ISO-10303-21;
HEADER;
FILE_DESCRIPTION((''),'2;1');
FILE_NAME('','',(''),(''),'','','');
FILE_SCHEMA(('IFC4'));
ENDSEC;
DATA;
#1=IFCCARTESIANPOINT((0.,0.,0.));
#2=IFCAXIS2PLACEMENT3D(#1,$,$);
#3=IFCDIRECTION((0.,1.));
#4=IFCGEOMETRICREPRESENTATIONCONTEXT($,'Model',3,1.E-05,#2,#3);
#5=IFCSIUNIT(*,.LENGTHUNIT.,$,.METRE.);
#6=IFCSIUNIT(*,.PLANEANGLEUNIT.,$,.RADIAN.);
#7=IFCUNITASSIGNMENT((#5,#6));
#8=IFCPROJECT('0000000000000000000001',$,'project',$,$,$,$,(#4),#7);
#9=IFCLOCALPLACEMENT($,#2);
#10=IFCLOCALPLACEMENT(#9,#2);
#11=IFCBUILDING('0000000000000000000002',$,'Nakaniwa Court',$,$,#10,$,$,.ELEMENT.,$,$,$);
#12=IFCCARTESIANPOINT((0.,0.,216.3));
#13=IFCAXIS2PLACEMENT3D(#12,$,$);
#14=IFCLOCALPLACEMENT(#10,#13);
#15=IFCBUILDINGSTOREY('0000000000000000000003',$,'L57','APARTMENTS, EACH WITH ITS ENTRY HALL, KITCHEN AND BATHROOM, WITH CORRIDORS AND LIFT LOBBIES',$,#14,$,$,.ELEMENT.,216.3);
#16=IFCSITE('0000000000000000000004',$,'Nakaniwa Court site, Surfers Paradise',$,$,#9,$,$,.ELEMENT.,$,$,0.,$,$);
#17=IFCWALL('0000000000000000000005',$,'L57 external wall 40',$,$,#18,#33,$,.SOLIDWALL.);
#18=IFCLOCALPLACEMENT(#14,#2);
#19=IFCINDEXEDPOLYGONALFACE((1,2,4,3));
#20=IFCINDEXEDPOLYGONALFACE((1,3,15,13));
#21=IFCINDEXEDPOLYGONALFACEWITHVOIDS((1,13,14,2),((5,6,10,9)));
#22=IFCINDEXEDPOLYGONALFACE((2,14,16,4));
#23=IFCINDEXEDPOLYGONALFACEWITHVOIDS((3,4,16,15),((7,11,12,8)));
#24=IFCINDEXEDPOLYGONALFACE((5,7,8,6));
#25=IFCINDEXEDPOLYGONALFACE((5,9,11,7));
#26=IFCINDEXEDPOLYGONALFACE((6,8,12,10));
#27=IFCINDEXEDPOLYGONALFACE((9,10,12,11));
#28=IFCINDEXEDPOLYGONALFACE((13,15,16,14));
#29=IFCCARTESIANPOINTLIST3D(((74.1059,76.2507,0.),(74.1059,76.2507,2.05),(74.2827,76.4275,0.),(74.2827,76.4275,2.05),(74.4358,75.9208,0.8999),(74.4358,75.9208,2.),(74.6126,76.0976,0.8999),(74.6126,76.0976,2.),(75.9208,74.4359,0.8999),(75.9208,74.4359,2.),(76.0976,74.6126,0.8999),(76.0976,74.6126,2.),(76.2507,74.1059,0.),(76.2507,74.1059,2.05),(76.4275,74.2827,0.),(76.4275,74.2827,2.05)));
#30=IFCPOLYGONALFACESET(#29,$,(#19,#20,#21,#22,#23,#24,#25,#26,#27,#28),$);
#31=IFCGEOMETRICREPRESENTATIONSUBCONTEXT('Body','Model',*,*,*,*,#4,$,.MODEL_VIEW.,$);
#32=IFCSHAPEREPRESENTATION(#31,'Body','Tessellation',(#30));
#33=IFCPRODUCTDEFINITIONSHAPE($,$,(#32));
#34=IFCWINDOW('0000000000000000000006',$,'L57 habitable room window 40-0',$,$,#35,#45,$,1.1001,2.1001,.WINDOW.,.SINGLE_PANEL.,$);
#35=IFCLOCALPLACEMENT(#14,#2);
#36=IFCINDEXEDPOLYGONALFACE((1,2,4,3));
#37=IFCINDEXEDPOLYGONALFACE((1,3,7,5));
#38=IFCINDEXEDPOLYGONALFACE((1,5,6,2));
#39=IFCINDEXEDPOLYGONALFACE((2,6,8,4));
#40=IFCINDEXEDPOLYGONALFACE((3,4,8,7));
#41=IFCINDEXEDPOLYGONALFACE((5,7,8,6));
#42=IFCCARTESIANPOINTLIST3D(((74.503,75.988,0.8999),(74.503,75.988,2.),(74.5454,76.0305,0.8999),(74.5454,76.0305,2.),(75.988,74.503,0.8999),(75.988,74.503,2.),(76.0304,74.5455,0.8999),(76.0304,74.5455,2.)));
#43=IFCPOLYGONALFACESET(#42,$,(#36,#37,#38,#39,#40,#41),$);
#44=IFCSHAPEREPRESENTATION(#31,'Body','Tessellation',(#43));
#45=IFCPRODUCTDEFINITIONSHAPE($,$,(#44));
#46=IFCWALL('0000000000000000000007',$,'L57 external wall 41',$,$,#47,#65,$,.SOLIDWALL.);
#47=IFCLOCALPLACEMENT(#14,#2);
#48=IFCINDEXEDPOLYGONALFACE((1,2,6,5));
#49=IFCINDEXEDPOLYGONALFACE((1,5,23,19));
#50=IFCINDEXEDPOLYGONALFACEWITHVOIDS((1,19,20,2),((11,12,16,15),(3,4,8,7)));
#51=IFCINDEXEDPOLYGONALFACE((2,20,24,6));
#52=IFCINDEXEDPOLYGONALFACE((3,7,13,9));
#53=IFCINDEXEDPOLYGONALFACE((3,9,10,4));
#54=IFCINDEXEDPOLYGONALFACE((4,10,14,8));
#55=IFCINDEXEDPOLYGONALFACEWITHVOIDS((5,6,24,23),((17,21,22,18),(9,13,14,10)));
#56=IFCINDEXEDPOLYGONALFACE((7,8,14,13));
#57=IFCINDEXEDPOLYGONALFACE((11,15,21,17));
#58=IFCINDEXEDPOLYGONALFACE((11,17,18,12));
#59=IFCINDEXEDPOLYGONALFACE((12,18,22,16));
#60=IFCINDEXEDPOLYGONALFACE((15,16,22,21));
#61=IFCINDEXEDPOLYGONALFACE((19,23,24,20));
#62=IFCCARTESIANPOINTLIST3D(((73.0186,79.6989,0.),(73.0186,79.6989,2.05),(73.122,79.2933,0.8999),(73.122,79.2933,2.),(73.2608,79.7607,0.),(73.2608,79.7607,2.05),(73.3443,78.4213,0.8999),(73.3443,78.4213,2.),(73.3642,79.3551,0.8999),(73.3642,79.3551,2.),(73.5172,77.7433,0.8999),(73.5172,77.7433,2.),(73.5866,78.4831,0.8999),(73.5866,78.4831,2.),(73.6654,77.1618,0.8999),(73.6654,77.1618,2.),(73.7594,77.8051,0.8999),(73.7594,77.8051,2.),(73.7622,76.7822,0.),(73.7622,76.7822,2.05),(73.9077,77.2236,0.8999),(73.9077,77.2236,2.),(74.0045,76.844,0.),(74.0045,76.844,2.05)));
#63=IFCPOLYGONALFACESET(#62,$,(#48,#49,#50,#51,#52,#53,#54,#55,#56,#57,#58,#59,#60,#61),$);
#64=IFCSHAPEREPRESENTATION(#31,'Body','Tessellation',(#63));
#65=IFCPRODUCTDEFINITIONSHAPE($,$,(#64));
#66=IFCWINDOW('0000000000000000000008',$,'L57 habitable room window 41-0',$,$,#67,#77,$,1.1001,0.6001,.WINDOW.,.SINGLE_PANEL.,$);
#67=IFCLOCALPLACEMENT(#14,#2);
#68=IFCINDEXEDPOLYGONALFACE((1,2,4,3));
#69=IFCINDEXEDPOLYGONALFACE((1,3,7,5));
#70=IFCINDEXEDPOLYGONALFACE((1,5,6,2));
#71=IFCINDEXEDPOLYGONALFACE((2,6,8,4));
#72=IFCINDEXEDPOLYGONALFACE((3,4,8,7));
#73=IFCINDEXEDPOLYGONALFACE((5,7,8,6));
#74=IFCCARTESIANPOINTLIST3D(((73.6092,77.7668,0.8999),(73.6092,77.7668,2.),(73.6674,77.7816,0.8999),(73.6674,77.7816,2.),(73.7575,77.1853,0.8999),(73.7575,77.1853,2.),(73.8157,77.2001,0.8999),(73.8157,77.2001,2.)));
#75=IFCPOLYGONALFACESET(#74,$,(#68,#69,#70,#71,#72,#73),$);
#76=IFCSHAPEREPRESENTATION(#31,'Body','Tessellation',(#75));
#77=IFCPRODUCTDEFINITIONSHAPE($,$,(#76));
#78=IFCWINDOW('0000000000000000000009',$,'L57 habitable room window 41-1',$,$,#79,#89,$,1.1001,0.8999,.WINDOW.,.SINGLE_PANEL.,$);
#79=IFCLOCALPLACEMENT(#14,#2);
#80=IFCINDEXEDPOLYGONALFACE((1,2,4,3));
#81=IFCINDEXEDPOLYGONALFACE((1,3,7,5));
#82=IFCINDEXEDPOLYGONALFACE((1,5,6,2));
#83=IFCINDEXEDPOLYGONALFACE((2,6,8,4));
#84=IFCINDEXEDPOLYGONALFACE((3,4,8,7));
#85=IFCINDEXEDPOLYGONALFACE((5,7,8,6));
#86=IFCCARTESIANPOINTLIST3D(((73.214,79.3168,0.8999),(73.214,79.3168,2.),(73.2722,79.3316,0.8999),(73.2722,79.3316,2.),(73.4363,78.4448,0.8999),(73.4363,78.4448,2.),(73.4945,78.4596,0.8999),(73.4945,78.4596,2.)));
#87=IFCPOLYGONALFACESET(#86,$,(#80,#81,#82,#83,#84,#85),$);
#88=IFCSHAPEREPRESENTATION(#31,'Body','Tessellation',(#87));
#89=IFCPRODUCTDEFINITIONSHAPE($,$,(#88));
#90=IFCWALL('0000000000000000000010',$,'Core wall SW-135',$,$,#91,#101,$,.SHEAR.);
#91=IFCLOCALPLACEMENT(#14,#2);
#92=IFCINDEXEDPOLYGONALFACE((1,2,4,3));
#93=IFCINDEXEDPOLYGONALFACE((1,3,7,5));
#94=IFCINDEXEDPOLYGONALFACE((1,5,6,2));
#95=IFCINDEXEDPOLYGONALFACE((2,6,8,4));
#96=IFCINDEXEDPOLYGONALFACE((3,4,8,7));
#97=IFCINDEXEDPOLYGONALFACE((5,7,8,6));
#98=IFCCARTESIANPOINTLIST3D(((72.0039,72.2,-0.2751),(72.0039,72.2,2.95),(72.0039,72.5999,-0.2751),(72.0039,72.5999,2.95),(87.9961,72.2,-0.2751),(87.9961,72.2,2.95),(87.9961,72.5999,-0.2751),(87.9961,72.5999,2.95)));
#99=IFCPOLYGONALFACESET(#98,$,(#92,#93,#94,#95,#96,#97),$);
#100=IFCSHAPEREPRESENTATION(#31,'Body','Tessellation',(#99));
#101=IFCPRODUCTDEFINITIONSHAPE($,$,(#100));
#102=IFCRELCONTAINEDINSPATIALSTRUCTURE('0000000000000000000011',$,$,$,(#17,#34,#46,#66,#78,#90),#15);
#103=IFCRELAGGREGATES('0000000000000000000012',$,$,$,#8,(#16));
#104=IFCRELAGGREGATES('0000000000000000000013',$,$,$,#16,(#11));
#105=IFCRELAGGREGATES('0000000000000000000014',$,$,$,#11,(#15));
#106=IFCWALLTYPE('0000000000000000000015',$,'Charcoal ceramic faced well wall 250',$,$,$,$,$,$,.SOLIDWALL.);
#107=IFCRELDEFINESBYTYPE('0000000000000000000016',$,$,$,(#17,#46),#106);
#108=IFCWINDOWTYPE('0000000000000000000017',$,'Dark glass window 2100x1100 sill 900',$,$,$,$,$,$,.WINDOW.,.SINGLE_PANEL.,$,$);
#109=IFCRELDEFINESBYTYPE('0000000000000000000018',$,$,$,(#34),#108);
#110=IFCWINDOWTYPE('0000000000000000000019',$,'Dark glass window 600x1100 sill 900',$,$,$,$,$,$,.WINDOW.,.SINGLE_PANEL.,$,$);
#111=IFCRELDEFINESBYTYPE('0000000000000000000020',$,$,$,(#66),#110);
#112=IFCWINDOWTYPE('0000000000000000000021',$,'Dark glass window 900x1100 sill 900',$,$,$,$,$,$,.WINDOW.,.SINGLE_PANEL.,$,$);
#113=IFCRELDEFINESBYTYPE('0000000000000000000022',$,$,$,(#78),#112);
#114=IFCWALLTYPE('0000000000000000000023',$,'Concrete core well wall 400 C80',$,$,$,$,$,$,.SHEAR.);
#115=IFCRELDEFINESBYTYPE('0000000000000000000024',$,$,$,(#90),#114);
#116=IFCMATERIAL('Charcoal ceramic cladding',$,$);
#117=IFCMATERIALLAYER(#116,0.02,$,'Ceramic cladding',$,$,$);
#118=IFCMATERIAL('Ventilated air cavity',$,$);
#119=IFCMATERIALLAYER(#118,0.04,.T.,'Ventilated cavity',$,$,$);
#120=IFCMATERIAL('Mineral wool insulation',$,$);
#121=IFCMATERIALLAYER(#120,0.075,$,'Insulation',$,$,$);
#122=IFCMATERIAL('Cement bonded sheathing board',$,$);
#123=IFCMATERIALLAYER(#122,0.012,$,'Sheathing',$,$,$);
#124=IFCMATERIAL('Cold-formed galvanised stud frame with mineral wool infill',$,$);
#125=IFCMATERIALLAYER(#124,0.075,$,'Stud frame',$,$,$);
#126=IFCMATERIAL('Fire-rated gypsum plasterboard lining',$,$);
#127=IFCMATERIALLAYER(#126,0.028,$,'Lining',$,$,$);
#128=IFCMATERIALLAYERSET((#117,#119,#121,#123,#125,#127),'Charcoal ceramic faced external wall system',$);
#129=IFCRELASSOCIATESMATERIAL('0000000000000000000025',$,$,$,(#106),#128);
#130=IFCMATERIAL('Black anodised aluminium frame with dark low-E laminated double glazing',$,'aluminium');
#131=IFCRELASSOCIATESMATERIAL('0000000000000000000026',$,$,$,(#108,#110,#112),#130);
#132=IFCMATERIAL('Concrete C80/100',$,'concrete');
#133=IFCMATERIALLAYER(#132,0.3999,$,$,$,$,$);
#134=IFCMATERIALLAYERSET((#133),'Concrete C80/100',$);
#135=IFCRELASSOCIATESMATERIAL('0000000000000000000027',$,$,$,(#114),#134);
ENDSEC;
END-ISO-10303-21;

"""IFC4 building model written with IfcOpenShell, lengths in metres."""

from ifc_helpers import new_model, si_unit, direction, frame, frame_2d, origin, place, context, subcontext, project, spatial, rectangle, extrude, material, layer, layer_set, type_object, element, fill, save


model = new_model("IFC4")

# Units and contexts
model_context = context("Model", 3, precision=1e-05, world=origin(), true_north=direction((0.0, 1.0)))
body_context = subcontext(model_context, "Body", "Model", "MODEL_VIEW")
ifc_project = project(units=[si_unit("LENGTHUNIT", "METRE"), si_unit("PLANEANGLEUNIT", "RADIAN")], contexts=[model_context])

# Site, building, storey
site_placement = place(None, origin())
site = spatial("IfcSite", under=ifc_project, at=site_placement, Name="Nakaniwa Court site, Surfers Paradise", CompositionType="ELEMENT", RefElevation=0.0)
building_placement = place(site_placement, origin())
building = spatial("IfcBuilding", under=site, at=building_placement, Name="Nakaniwa Court", CompositionType="ELEMENT")
storey_placement = place(building_placement, frame((0.0, 0.0, 216.3)))
storey = spatial("IfcBuildingStorey", under=building, at=storey_placement, Name="L57", Description="APARTMENTS, EACH WITH ITS ENTRY HALL, KITCHEN AND BATHROOM, WITH CORRIDORS AND LIFT LOBBIES", CompositionType="ELEMENT", Elevation=216.3)

# Shared definitions
ifc_material_1 = material(Name="Concrete C80/100", Category="concrete")

# Wall, opening, window
ifc_material_2 = material(Name="Charcoal ceramic cladding")
ifc_layer_1 = layer(ifc_material_2, 0.02, Name="Ceramic cladding")
ifc_material_3 = material(Name="Ventilated air cavity")
ifc_layer_2 = layer(ifc_material_3, 0.04, ventilated=True, Name="Ventilated cavity")
ifc_material_4 = material(Name="Mineral wool insulation")
ifc_layer_3 = layer(ifc_material_4, 0.075, Name="Insulation")
ifc_material_5 = material(Name="Cement bonded sheathing board")
ifc_layer_4 = layer(ifc_material_5, 0.012, Name="Sheathing")
ifc_material_6 = material(Name="Cold-formed galvanised stud frame with mineral wool infill")
ifc_layer_5 = layer(ifc_material_6, 0.075, Name="Stud frame")
ifc_material_7 = material(Name="Fire-rated gypsum plasterboard lining")
ifc_layer_6 = layer(ifc_material_7, 0.028, Name="Lining")
ifc_layer_set_1 = layer_set([ifc_layer_1, ifc_layer_2, ifc_layer_3, ifc_layer_4, ifc_layer_5, ifc_layer_6], Name="Charcoal ceramic faced external wall system")
wall_type_1 = type_object("IfcWallType", Name="Charcoal ceramic faced well wall 250", PredefinedType="SOLIDWALL", material=ifc_layer_set_1)
wall_1_placement = place(storey_placement, frame((76.3391, 74.1943, 0.0), z_axis=(0.0, 0.0, 1.0), x_axis=(-0.707107, 0.707107, 0.0)))
wall_1 = element("IfcWall", 1, at=wall_1_placement, inside=storey, type_object=wall_type_1, Name="L57 external wall 40", PredefinedType="SOLIDWALL", context=body_context, shape_type="SweptSolid", body=[
    extrude(rectangle(XDim=3.0332, YDim=0.25, at=frame_2d((1.5166, 0.0))), origin(), (0.0, 0.0, 1.0), 2.05),
])
opening_1_placement = place(wall_1_placement, frame((0.4666, 0.0, 0.8999)))
opening_1 = element("IfcOpeningElement", 2, at=opening_1_placement, cuts=wall_1, PredefinedType="OPENING", context=body_context, shape_type="SweptSolid", body=[
    extrude(rectangle(XDim=2.1001, YDim=1.1001, at=frame_2d((1.05, 0.55))), frame((0.0, 0.135, 0.0), z_axis=(0.0, -1.0, 0.0), x_axis=(1.0, 0.0, 0.0)), (0.0, 0.0, 1.0), 0.27),
])
ifc_material_8 = material(Name="Black anodised aluminium frame with dark low-E laminated double glazing", Category="aluminium")
window_type_1 = type_object("IfcWindowType", Name="Dark glass window 2100x1100 sill 900", PartitioningType="SINGLE_PANEL", PredefinedType="WINDOW", material=ifc_material_8)
window_1_placement = place(opening_1_placement, origin())
window_1 = element("IfcWindow", 3, at=window_1_placement, inside=storey, type_object=window_type_1, Name="L57 habitable room window 40-0", OverallHeight=1.1001, OverallWidth=2.1001, PartitioningType="SINGLE_PANEL", PredefinedType="WINDOW", context=body_context, shape_type="SweptSolid", body=[
    extrude(rectangle(XDim=2.1001, YDim=1.1001, at=frame_2d((1.05, 0.55))), frame((0.0, 0.03, 0.0), z_axis=(0.0, -1.0, 0.0), x_axis=(1.0, 0.0, 0.0)), (0.0, 0.0, 1.0), 0.0601),
])
fill(opening_1, window_1)

# Wall, openings, windows
wall_2_placement = place(storey_placement, frame((73.8833, 76.8132, 0.0), z_axis=(0.0, 0.0, 1.0), x_axis=(-0.247056, 0.969001, 0.0)))
wall_2 = element("IfcWall", 4, at=wall_2_placement, inside=storey, type_object=wall_type_1, Name="L57 external wall 41", PredefinedType="SOLIDWALL", context=body_context, shape_type="SweptSolid", body=[
    extrude(rectangle(XDim=3.01, YDim=0.25, at=frame_2d((1.5049, 0.0))), origin(), (0.0, 0.0, 1.0), 2.05),
])
opening_2_placement = place(wall_2_placement, frame((0.3916, 0.0, 0.8999)))
opening_2 = element("IfcOpeningElement", 5, at=opening_2_placement, cuts=wall_2, PredefinedType="OPENING", context=body_context, shape_type="SweptSolid", body=[
    extrude(rectangle(XDim=0.6001, YDim=1.1001, at=frame_2d((0.3, 0.55))), frame((0.0, 0.135, 0.0), z_axis=(0.0, -1.0, 0.0), x_axis=(1.0, 0.0, 0.0)), (0.0, 0.0, 1.0), 0.27),
])
opening_3_placement = place(wall_2_placement, frame((1.6914, 0.0, 0.8999)))
opening_3 = element("IfcOpeningElement", 6, at=opening_3_placement, cuts=wall_2, PredefinedType="OPENING", context=body_context, shape_type="SweptSolid", body=[
    extrude(rectangle(XDim=0.8999, YDim=1.1001, at=frame_2d((0.45, 0.55))), frame((0.0, 0.135, 0.0), z_axis=(0.0, -1.0, 0.0), x_axis=(1.0, 0.0, 0.0)), (0.0, 0.0, 1.0), 0.27),
])
window_type_2 = type_object("IfcWindowType", Name="Dark glass window 600x1100 sill 900", PartitioningType="SINGLE_PANEL", PredefinedType="WINDOW", material=ifc_material_8)
window_2_placement = place(opening_2_placement, origin())
window_2 = element("IfcWindow", 7, at=window_2_placement, inside=storey, type_object=window_type_2, Name="L57 habitable room window 41-0", OverallHeight=1.1001, OverallWidth=0.6001, PartitioningType="SINGLE_PANEL", PredefinedType="WINDOW", context=body_context, shape_type="SweptSolid", body=[
    extrude(rectangle(XDim=0.6001, YDim=1.1001, at=frame_2d((0.3, 0.55))), frame((0.0, 0.03, 0.0), z_axis=(0.0, -1.0, 0.0), x_axis=(1.0, 0.0, 0.0)), (0.0, 0.0, 1.0), 0.0601),
])
fill(opening_2, window_2)
window_type_3 = type_object("IfcWindowType", Name="Dark glass window 900x1100 sill 900", PartitioningType="SINGLE_PANEL", PredefinedType="WINDOW", material=ifc_material_8)
window_3_placement = place(opening_3_placement, origin())
window_3 = element("IfcWindow", 8, at=window_3_placement, inside=storey, type_object=window_type_3, Name="L57 habitable room window 41-1", OverallHeight=1.1001, OverallWidth=0.8999, PartitioningType="SINGLE_PANEL", PredefinedType="WINDOW", context=body_context, shape_type="SweptSolid", body=[
    extrude(rectangle(XDim=0.8999, YDim=1.1001, at=frame_2d((0.45, 0.55))), frame((0.0, 0.03, 0.0), z_axis=(0.0, -1.0, 0.0), x_axis=(1.0, 0.0, 0.0)), (0.0, 0.0, 1.0), 0.0601),
])
fill(opening_3, window_3)

# Wall
ifc_layer_7 = layer(ifc_material_1, 0.3999)
ifc_layer_set_2 = layer_set([ifc_layer_7], Name="Concrete C80/100")
wall_type_2 = type_object("IfcWallType", Name="Concrete core well wall 400 C80", PredefinedType="SHEAR", material=ifc_layer_set_2)
wall_3_placement = place(storey_placement, frame((72.0039, 72.3999, -0.2751), z_axis=(0.0, 0.0, 1.0), x_axis=(1.0, 0.0, 0.0)))
element("IfcWall", 9, at=wall_3_placement, inside=storey, type_object=wall_type_2, Name="Core wall SW-135", PredefinedType="SHEAR", context=body_context, shape_type="SweptSolid", body=[
    extrude(rectangle(XDim=15.9922, YDim=0.3999, at=frame_2d((7.9961, 0.0))), origin(), (0.0, 0.0, 1.0), 3.2251),
])

save(model, "model.ifc")
